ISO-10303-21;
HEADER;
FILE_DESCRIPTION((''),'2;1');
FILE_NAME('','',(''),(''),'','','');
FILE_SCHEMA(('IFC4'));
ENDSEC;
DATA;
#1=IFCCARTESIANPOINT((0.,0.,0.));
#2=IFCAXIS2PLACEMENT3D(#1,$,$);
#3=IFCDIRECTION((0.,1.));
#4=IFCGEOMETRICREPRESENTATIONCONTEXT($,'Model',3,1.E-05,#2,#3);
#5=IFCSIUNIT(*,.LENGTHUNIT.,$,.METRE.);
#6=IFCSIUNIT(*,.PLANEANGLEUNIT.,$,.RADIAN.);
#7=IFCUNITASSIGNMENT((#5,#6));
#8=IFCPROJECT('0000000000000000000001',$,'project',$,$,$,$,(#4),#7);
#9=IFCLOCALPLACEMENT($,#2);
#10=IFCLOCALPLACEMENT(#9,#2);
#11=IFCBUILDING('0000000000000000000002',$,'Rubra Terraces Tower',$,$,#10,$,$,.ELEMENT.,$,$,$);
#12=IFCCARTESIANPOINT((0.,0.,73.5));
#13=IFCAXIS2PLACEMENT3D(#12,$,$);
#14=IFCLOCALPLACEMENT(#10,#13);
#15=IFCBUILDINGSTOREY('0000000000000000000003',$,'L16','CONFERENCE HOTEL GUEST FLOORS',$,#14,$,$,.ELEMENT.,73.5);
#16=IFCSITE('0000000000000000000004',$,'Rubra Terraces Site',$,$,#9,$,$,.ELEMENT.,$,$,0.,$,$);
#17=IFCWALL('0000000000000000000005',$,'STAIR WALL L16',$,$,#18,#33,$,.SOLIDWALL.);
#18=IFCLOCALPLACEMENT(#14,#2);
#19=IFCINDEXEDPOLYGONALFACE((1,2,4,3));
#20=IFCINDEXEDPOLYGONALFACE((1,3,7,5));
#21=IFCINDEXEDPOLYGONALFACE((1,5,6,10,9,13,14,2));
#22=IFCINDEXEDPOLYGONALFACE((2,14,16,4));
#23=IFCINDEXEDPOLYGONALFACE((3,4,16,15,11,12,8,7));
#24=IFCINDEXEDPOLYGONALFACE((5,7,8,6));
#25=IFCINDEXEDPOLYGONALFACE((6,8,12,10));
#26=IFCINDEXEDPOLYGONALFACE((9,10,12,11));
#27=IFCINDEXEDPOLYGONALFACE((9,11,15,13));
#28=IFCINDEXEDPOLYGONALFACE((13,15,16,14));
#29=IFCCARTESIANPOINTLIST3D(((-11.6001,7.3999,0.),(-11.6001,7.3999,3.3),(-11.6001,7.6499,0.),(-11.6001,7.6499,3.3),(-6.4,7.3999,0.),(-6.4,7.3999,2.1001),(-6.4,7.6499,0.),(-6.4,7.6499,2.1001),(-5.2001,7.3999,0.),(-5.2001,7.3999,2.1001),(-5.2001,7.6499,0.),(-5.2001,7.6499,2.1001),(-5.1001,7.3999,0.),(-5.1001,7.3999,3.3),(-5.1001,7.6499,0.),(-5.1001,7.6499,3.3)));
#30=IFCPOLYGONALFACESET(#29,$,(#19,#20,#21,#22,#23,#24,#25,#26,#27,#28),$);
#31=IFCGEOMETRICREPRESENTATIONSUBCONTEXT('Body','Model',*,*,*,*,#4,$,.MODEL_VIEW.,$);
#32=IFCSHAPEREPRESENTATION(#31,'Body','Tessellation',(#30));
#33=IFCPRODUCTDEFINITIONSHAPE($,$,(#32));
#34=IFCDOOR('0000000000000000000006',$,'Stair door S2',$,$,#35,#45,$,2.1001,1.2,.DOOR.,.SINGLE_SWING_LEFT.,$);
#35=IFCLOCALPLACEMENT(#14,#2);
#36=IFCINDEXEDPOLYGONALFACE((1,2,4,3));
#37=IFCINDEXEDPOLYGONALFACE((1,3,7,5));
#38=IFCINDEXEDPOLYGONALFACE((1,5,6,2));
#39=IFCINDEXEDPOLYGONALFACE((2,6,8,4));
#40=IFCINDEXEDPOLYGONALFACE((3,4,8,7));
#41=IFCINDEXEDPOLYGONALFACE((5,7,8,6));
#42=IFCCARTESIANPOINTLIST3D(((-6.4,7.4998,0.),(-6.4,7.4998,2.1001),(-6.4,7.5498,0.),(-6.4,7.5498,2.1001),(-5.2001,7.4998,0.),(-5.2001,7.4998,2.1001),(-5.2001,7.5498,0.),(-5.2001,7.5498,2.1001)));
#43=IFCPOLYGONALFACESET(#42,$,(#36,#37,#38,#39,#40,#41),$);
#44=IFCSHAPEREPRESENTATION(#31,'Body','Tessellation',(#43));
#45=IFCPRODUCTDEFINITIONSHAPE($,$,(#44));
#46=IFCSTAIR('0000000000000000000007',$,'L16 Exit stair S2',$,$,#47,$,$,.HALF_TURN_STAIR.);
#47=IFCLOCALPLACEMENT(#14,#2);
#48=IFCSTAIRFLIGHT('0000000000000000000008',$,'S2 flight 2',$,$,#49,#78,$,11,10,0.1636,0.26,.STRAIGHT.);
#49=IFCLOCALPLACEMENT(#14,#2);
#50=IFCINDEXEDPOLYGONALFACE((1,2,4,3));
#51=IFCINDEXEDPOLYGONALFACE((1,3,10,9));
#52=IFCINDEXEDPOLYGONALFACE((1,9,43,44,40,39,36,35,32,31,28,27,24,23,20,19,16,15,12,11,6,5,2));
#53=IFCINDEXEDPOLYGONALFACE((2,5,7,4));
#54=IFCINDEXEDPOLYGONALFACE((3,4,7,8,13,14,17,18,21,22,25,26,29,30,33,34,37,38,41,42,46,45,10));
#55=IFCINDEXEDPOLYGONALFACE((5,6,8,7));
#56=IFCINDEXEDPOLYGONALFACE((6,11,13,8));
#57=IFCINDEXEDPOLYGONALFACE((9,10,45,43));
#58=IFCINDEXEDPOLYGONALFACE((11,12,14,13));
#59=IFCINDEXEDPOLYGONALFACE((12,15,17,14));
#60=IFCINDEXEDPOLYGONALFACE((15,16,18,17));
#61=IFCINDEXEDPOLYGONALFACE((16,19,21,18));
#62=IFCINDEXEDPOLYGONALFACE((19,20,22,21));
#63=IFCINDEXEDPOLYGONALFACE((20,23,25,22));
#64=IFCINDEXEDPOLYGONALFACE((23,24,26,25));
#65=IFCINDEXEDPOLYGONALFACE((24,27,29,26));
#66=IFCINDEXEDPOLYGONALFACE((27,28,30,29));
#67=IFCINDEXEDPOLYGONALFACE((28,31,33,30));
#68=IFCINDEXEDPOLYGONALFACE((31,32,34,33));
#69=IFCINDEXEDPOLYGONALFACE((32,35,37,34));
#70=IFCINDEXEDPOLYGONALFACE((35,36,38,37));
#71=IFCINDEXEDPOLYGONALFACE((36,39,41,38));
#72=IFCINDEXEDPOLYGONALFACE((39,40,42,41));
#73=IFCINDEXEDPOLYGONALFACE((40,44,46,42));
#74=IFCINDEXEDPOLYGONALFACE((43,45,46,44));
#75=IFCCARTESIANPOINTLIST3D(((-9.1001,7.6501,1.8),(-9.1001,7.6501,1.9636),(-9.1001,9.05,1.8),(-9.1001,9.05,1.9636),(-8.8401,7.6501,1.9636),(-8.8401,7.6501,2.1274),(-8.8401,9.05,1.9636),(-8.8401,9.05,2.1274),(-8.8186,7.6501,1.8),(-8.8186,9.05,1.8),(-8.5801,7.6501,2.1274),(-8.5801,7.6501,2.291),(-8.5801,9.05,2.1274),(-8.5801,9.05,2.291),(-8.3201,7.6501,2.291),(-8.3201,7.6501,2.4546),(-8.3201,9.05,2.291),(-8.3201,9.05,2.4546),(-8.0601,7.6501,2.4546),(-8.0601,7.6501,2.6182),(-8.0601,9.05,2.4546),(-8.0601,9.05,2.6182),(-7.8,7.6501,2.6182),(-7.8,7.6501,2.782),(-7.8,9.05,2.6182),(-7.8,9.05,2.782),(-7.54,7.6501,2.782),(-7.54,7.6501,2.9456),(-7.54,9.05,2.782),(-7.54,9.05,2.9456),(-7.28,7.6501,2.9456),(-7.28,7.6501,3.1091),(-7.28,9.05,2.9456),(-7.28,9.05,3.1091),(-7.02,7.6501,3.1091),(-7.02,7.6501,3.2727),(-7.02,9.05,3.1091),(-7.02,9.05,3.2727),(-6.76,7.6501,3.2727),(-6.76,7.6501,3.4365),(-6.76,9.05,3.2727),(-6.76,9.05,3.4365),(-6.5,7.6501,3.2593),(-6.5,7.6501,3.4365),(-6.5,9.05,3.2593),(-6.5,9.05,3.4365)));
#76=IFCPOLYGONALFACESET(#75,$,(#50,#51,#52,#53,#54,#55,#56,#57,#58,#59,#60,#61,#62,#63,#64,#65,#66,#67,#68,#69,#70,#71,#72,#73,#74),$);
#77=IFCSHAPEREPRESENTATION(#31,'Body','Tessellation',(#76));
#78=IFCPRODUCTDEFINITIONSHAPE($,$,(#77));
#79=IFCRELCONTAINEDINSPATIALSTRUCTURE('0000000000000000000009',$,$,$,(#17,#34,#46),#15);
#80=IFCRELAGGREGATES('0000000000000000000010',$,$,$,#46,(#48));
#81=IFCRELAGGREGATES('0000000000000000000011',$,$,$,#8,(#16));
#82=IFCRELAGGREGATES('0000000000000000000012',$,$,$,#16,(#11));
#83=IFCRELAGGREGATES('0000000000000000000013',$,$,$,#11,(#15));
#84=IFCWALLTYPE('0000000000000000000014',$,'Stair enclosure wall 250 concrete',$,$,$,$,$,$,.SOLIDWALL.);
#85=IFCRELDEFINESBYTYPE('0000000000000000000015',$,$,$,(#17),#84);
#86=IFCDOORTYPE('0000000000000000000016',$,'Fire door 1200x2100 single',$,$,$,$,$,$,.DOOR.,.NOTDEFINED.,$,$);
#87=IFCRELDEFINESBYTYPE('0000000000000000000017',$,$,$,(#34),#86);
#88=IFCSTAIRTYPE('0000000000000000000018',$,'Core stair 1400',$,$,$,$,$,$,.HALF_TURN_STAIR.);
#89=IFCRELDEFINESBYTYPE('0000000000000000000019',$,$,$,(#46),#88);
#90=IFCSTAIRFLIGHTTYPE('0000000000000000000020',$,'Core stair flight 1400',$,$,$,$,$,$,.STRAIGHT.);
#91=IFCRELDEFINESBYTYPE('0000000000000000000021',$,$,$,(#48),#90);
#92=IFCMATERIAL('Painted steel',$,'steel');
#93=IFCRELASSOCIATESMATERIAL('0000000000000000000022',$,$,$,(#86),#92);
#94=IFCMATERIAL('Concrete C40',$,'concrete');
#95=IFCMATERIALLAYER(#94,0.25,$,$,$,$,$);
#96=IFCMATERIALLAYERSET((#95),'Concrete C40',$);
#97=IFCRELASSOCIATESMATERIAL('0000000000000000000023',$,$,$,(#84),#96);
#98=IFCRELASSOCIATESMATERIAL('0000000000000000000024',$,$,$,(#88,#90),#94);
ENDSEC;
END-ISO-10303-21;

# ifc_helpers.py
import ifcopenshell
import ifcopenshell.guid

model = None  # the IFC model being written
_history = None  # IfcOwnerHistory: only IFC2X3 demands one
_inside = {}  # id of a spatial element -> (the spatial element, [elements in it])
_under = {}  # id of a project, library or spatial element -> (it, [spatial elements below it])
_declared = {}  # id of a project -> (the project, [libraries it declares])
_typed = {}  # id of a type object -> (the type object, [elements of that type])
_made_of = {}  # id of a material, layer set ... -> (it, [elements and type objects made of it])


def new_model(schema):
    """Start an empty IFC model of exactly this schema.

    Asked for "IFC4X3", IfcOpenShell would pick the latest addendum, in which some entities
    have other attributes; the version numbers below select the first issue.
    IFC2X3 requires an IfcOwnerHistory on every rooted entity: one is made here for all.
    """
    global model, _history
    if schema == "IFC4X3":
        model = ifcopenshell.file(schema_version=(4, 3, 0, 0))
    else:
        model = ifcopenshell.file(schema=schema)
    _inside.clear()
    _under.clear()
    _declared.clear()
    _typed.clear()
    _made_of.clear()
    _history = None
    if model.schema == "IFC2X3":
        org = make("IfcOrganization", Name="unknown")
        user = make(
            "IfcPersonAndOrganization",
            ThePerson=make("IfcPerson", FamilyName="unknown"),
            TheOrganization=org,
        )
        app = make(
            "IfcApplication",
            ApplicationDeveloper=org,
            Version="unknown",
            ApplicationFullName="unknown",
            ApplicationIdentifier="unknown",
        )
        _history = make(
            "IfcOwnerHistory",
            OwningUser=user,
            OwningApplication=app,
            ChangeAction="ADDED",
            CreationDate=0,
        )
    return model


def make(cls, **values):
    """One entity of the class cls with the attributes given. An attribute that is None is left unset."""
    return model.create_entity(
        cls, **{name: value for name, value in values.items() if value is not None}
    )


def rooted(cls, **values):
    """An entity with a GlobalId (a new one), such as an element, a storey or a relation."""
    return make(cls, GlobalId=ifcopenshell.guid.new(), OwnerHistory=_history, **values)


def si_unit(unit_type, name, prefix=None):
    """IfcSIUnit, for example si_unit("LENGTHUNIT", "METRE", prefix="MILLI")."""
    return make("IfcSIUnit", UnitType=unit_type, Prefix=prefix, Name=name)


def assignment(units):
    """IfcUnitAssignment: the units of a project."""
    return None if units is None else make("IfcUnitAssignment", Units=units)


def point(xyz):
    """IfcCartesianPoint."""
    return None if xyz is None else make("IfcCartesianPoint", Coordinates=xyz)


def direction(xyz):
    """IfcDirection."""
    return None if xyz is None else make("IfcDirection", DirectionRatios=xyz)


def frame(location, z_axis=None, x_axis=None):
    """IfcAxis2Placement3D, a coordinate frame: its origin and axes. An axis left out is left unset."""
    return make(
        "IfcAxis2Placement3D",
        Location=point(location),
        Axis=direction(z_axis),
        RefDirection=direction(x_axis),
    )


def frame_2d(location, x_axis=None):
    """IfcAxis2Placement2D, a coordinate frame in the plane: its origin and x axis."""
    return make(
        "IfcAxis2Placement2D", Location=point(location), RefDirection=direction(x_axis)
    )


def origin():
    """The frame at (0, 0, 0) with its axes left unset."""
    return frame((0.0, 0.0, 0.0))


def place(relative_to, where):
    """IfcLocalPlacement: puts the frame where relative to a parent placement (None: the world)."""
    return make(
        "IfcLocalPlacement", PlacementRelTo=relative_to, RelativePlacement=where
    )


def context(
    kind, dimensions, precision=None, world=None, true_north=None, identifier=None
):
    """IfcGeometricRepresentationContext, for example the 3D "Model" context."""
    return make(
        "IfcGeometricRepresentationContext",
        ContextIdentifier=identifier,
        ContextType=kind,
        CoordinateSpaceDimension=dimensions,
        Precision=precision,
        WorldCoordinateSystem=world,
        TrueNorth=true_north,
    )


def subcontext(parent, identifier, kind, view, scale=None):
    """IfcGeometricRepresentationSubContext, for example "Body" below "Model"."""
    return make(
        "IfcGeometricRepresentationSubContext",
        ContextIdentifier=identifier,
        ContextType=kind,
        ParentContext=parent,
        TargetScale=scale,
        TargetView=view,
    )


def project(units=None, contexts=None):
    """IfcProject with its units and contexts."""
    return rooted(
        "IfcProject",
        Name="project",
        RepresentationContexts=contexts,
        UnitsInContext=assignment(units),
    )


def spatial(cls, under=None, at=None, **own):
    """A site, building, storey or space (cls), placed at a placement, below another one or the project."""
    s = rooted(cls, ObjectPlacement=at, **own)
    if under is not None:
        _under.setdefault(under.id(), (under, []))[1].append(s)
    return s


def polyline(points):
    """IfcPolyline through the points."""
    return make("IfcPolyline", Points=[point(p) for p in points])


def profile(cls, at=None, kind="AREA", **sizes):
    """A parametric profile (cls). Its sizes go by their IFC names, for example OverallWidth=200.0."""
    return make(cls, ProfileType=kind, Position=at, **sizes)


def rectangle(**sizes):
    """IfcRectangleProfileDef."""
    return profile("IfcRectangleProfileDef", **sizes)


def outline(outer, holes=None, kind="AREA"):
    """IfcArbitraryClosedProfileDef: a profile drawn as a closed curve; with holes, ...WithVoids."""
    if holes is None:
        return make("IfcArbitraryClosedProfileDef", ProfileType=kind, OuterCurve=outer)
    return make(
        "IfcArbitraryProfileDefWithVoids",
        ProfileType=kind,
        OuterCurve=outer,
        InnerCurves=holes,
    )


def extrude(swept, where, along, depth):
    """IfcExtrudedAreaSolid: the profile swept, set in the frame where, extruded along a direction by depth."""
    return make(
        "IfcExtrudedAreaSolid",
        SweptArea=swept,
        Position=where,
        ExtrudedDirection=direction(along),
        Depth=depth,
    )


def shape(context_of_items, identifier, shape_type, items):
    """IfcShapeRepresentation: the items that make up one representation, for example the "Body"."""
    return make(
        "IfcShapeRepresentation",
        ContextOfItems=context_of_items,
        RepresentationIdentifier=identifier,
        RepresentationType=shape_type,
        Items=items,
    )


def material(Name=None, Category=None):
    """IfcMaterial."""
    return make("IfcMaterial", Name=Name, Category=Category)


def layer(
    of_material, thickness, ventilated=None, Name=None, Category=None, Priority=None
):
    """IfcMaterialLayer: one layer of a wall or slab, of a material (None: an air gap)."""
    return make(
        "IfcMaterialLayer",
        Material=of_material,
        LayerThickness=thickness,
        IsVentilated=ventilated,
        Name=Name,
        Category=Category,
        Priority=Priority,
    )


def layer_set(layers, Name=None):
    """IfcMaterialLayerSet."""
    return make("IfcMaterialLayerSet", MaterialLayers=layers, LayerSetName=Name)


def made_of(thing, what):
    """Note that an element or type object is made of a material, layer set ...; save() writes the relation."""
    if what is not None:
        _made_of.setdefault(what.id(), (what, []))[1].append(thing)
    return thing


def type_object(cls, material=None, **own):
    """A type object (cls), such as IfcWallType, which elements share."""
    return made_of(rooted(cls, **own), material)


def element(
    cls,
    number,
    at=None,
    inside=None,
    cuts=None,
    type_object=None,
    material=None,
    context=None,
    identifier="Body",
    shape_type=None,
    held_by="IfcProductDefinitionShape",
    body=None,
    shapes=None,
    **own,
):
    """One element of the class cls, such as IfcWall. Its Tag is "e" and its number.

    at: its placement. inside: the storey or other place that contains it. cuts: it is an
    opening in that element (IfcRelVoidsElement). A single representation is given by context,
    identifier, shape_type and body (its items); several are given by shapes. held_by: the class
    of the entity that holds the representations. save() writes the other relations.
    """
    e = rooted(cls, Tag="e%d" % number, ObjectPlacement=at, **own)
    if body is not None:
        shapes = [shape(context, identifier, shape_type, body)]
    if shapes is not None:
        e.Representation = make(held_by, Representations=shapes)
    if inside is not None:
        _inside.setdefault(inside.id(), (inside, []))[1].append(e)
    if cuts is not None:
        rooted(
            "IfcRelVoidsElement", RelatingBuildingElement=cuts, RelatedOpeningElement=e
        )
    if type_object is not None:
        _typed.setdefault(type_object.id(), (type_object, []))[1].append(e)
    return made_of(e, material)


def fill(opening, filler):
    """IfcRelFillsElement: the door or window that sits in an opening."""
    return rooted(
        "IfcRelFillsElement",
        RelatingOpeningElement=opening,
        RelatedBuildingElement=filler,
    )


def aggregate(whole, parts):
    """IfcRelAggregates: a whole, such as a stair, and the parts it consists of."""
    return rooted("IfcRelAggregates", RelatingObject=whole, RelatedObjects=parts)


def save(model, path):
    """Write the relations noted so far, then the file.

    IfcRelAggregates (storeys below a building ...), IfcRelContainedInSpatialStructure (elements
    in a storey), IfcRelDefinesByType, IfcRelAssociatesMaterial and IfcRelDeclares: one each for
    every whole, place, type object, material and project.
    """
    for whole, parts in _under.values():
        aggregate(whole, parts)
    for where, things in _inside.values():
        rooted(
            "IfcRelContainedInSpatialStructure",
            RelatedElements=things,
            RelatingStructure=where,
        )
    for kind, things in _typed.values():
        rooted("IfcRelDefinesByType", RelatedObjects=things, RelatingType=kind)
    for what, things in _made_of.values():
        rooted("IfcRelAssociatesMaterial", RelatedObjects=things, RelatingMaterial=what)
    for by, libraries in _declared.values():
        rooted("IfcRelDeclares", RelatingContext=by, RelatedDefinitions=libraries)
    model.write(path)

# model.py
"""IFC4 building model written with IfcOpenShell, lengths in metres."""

from ifc_helpers import new_model, si_unit, direction, frame, frame_2d, origin, place, context, subcontext, project, spatial, polyline, rectangle, outline, extrude, material, layer, layer_set, type_object, element, fill, aggregate, save


model = new_model("IFC4")

# Units and contexts
model_context = context("Model", 3, precision=1e-05, world=origin(), true_north=direction((0.0, 1.0)))
body_context = subcontext(model_context, "Body", "Model", "MODEL_VIEW")
ifc_project = project(units=[si_unit("LENGTHUNIT", "METRE"), si_unit("PLANEANGLEUNIT", "RADIAN")], contexts=[model_context])

# Site, building, storey
site_placement = place(None, origin())
site = spatial("IfcSite", under=ifc_project, at=site_placement, Name="Rubra Terraces Site", CompositionType="ELEMENT", RefElevation=0.0)
building_placement = place(site_placement, origin())
building = spatial("IfcBuilding", under=site, at=building_placement, Name="Rubra Terraces Tower", CompositionType="ELEMENT")
storey_placement = place(building_placement, frame((0.0, 0.0, 73.5)))
storey = spatial("IfcBuildingStorey", under=building, at=storey_placement, Name="L16", Description="CONFERENCE HOTEL GUEST FLOORS", CompositionType="ELEMENT", Elevation=73.5)

# Shared definitions
ifc_material_1 = material(Name="Painted steel", Category="steel")
door_type_1 = type_object("IfcDoorType", Name="Fire door 1200x2100 single", OperationType="NOTDEFINED", PredefinedType="DOOR", material=ifc_material_1)

# Wall, opening, door
ifc_material_2 = material(Name="Concrete C40", Category="concrete")
ifc_layer_1 = layer(ifc_material_2, 0.25)
ifc_layer_set_1 = layer_set([ifc_layer_1], Name="Concrete C40")
wall_type_1 = type_object("IfcWallType", Name="Stair enclosure wall 250 concrete", PredefinedType="SOLIDWALL", material=ifc_layer_set_1)
wall_1_placement = place(storey_placement, frame((-11.6001, 7.5249, 0.0), z_axis=(0.0, 0.0, 1.0), x_axis=(1.0, 0.0, 0.0)))
wall_1 = element("IfcWall", 1, at=wall_1_placement, inside=storey, type_object=wall_type_1, Name="STAIR WALL L16", PredefinedType="SOLIDWALL", context=body_context, shape_type="SweptSolid", body=[
    extrude(rectangle(XDim=6.5, YDim=0.25, at=frame_2d((3.25, 0.0))), origin(), (0.0, 0.0, 1.0), 3.3),
])
opening_1_placement = place(wall_1_placement, frame((5.2, 0.0, 0.0)))
opening_1 = element("IfcOpeningElement", 2, at=opening_1_placement, cuts=wall_1, PredefinedType="OPENING", context=body_context, shape_type="SweptSolid", body=[
    extrude(rectangle(XDim=1.2, YDim=2.1001, at=frame_2d((0.6001, 1.05))), frame((0.0, 0.135, 0.0), z_axis=(0.0, -1.0, 0.0), x_axis=(1.0, 0.0, 0.0)), (0.0, 0.0, 1.0), 0.27),
])
door_1_placement = place(opening_1_placement, origin())
door_1 = element("IfcDoor", 3, at=door_1_placement, inside=storey, type_object=door_type_1, Name="Stair door S2", OperationType="SINGLE_SWING_LEFT", OverallHeight=2.1001, OverallWidth=1.2, PredefinedType="DOOR", context=body_context, shape_type="SweptSolid", body=[
    extrude(rectangle(XDim=1.2, YDim=2.1001, at=frame_2d((0.6001, 1.05))), frame((0.0, 0.0249, 0.0), z_axis=(0.0, -1.0, 0.0), x_axis=(1.0, 0.0, 0.0)), (0.0, 0.0, 1.0), 0.05),
])
fill(opening_1, door_1)

# Stair, stair flight
stair_type = type_object("IfcStairType", Name="Core stair 1400", PredefinedType="HALF_TURN_STAIR", material=ifc_material_2)
stair_placement = place(storey_placement, origin())
stair = element("IfcStair", 4, at=stair_placement, inside=storey, type_object=stair_type, Name="L16 Exit stair S2", PredefinedType="HALF_TURN_STAIR")
stair_flight_type = type_object("IfcStairFlightType", Name="Core stair flight 1400", PredefinedType="STRAIGHT", material=ifc_material_2)
stair_flight_placement = place(storey_placement, frame((-9.1001, 8.3501, 1.8), z_axis=(0.0, 0.0, 1.0), x_axis=(1.0, 0.0, 0.0)))
stair_flight = element("IfcStairFlight", 5, at=stair_flight_placement, type_object=stair_flight_type, Name="S2 flight 2", NumberOfRisers=11, NumberOfTreads=10, PredefinedType="STRAIGHT", RiserHeight=0.1636, TreadLength=0.26, context=body_context, shape_type="SweptSolid", body=[
    extrude(outline(polyline([(0.0, 0.0), (0.0, 0.1636), (0.26, 0.1636), (0.26, 0.3274), (0.52, 0.3274), (0.52, 0.491), (0.78, 0.491), (0.78, 0.6545), (1.04, 0.6545), (1.04, 0.8181), (1.3, 0.8181), (1.3, 0.9819), (1.5601, 0.9819), (1.5601, 1.1455), (1.8201, 1.1455), (1.8201, 1.3091), (2.0801, 1.3091), (2.0801, 1.4727), (2.3401, 1.4727), (2.3401, 1.6365), (2.6001, 1.6365), (2.6001, 1.8), (2.6001, 1.4592), (0.2815, 0.0), (0.0, 0.0)])), frame((0.0, 0.7, 0.0), z_axis=(0.0, -1.0, 0.0), x_axis=(1.0, 0.0, 0.0)), (0.0, 0.0, 1.0), 1.3999),
])
aggregate(stair, [stair_flight])

save(model, "model.ifc")
